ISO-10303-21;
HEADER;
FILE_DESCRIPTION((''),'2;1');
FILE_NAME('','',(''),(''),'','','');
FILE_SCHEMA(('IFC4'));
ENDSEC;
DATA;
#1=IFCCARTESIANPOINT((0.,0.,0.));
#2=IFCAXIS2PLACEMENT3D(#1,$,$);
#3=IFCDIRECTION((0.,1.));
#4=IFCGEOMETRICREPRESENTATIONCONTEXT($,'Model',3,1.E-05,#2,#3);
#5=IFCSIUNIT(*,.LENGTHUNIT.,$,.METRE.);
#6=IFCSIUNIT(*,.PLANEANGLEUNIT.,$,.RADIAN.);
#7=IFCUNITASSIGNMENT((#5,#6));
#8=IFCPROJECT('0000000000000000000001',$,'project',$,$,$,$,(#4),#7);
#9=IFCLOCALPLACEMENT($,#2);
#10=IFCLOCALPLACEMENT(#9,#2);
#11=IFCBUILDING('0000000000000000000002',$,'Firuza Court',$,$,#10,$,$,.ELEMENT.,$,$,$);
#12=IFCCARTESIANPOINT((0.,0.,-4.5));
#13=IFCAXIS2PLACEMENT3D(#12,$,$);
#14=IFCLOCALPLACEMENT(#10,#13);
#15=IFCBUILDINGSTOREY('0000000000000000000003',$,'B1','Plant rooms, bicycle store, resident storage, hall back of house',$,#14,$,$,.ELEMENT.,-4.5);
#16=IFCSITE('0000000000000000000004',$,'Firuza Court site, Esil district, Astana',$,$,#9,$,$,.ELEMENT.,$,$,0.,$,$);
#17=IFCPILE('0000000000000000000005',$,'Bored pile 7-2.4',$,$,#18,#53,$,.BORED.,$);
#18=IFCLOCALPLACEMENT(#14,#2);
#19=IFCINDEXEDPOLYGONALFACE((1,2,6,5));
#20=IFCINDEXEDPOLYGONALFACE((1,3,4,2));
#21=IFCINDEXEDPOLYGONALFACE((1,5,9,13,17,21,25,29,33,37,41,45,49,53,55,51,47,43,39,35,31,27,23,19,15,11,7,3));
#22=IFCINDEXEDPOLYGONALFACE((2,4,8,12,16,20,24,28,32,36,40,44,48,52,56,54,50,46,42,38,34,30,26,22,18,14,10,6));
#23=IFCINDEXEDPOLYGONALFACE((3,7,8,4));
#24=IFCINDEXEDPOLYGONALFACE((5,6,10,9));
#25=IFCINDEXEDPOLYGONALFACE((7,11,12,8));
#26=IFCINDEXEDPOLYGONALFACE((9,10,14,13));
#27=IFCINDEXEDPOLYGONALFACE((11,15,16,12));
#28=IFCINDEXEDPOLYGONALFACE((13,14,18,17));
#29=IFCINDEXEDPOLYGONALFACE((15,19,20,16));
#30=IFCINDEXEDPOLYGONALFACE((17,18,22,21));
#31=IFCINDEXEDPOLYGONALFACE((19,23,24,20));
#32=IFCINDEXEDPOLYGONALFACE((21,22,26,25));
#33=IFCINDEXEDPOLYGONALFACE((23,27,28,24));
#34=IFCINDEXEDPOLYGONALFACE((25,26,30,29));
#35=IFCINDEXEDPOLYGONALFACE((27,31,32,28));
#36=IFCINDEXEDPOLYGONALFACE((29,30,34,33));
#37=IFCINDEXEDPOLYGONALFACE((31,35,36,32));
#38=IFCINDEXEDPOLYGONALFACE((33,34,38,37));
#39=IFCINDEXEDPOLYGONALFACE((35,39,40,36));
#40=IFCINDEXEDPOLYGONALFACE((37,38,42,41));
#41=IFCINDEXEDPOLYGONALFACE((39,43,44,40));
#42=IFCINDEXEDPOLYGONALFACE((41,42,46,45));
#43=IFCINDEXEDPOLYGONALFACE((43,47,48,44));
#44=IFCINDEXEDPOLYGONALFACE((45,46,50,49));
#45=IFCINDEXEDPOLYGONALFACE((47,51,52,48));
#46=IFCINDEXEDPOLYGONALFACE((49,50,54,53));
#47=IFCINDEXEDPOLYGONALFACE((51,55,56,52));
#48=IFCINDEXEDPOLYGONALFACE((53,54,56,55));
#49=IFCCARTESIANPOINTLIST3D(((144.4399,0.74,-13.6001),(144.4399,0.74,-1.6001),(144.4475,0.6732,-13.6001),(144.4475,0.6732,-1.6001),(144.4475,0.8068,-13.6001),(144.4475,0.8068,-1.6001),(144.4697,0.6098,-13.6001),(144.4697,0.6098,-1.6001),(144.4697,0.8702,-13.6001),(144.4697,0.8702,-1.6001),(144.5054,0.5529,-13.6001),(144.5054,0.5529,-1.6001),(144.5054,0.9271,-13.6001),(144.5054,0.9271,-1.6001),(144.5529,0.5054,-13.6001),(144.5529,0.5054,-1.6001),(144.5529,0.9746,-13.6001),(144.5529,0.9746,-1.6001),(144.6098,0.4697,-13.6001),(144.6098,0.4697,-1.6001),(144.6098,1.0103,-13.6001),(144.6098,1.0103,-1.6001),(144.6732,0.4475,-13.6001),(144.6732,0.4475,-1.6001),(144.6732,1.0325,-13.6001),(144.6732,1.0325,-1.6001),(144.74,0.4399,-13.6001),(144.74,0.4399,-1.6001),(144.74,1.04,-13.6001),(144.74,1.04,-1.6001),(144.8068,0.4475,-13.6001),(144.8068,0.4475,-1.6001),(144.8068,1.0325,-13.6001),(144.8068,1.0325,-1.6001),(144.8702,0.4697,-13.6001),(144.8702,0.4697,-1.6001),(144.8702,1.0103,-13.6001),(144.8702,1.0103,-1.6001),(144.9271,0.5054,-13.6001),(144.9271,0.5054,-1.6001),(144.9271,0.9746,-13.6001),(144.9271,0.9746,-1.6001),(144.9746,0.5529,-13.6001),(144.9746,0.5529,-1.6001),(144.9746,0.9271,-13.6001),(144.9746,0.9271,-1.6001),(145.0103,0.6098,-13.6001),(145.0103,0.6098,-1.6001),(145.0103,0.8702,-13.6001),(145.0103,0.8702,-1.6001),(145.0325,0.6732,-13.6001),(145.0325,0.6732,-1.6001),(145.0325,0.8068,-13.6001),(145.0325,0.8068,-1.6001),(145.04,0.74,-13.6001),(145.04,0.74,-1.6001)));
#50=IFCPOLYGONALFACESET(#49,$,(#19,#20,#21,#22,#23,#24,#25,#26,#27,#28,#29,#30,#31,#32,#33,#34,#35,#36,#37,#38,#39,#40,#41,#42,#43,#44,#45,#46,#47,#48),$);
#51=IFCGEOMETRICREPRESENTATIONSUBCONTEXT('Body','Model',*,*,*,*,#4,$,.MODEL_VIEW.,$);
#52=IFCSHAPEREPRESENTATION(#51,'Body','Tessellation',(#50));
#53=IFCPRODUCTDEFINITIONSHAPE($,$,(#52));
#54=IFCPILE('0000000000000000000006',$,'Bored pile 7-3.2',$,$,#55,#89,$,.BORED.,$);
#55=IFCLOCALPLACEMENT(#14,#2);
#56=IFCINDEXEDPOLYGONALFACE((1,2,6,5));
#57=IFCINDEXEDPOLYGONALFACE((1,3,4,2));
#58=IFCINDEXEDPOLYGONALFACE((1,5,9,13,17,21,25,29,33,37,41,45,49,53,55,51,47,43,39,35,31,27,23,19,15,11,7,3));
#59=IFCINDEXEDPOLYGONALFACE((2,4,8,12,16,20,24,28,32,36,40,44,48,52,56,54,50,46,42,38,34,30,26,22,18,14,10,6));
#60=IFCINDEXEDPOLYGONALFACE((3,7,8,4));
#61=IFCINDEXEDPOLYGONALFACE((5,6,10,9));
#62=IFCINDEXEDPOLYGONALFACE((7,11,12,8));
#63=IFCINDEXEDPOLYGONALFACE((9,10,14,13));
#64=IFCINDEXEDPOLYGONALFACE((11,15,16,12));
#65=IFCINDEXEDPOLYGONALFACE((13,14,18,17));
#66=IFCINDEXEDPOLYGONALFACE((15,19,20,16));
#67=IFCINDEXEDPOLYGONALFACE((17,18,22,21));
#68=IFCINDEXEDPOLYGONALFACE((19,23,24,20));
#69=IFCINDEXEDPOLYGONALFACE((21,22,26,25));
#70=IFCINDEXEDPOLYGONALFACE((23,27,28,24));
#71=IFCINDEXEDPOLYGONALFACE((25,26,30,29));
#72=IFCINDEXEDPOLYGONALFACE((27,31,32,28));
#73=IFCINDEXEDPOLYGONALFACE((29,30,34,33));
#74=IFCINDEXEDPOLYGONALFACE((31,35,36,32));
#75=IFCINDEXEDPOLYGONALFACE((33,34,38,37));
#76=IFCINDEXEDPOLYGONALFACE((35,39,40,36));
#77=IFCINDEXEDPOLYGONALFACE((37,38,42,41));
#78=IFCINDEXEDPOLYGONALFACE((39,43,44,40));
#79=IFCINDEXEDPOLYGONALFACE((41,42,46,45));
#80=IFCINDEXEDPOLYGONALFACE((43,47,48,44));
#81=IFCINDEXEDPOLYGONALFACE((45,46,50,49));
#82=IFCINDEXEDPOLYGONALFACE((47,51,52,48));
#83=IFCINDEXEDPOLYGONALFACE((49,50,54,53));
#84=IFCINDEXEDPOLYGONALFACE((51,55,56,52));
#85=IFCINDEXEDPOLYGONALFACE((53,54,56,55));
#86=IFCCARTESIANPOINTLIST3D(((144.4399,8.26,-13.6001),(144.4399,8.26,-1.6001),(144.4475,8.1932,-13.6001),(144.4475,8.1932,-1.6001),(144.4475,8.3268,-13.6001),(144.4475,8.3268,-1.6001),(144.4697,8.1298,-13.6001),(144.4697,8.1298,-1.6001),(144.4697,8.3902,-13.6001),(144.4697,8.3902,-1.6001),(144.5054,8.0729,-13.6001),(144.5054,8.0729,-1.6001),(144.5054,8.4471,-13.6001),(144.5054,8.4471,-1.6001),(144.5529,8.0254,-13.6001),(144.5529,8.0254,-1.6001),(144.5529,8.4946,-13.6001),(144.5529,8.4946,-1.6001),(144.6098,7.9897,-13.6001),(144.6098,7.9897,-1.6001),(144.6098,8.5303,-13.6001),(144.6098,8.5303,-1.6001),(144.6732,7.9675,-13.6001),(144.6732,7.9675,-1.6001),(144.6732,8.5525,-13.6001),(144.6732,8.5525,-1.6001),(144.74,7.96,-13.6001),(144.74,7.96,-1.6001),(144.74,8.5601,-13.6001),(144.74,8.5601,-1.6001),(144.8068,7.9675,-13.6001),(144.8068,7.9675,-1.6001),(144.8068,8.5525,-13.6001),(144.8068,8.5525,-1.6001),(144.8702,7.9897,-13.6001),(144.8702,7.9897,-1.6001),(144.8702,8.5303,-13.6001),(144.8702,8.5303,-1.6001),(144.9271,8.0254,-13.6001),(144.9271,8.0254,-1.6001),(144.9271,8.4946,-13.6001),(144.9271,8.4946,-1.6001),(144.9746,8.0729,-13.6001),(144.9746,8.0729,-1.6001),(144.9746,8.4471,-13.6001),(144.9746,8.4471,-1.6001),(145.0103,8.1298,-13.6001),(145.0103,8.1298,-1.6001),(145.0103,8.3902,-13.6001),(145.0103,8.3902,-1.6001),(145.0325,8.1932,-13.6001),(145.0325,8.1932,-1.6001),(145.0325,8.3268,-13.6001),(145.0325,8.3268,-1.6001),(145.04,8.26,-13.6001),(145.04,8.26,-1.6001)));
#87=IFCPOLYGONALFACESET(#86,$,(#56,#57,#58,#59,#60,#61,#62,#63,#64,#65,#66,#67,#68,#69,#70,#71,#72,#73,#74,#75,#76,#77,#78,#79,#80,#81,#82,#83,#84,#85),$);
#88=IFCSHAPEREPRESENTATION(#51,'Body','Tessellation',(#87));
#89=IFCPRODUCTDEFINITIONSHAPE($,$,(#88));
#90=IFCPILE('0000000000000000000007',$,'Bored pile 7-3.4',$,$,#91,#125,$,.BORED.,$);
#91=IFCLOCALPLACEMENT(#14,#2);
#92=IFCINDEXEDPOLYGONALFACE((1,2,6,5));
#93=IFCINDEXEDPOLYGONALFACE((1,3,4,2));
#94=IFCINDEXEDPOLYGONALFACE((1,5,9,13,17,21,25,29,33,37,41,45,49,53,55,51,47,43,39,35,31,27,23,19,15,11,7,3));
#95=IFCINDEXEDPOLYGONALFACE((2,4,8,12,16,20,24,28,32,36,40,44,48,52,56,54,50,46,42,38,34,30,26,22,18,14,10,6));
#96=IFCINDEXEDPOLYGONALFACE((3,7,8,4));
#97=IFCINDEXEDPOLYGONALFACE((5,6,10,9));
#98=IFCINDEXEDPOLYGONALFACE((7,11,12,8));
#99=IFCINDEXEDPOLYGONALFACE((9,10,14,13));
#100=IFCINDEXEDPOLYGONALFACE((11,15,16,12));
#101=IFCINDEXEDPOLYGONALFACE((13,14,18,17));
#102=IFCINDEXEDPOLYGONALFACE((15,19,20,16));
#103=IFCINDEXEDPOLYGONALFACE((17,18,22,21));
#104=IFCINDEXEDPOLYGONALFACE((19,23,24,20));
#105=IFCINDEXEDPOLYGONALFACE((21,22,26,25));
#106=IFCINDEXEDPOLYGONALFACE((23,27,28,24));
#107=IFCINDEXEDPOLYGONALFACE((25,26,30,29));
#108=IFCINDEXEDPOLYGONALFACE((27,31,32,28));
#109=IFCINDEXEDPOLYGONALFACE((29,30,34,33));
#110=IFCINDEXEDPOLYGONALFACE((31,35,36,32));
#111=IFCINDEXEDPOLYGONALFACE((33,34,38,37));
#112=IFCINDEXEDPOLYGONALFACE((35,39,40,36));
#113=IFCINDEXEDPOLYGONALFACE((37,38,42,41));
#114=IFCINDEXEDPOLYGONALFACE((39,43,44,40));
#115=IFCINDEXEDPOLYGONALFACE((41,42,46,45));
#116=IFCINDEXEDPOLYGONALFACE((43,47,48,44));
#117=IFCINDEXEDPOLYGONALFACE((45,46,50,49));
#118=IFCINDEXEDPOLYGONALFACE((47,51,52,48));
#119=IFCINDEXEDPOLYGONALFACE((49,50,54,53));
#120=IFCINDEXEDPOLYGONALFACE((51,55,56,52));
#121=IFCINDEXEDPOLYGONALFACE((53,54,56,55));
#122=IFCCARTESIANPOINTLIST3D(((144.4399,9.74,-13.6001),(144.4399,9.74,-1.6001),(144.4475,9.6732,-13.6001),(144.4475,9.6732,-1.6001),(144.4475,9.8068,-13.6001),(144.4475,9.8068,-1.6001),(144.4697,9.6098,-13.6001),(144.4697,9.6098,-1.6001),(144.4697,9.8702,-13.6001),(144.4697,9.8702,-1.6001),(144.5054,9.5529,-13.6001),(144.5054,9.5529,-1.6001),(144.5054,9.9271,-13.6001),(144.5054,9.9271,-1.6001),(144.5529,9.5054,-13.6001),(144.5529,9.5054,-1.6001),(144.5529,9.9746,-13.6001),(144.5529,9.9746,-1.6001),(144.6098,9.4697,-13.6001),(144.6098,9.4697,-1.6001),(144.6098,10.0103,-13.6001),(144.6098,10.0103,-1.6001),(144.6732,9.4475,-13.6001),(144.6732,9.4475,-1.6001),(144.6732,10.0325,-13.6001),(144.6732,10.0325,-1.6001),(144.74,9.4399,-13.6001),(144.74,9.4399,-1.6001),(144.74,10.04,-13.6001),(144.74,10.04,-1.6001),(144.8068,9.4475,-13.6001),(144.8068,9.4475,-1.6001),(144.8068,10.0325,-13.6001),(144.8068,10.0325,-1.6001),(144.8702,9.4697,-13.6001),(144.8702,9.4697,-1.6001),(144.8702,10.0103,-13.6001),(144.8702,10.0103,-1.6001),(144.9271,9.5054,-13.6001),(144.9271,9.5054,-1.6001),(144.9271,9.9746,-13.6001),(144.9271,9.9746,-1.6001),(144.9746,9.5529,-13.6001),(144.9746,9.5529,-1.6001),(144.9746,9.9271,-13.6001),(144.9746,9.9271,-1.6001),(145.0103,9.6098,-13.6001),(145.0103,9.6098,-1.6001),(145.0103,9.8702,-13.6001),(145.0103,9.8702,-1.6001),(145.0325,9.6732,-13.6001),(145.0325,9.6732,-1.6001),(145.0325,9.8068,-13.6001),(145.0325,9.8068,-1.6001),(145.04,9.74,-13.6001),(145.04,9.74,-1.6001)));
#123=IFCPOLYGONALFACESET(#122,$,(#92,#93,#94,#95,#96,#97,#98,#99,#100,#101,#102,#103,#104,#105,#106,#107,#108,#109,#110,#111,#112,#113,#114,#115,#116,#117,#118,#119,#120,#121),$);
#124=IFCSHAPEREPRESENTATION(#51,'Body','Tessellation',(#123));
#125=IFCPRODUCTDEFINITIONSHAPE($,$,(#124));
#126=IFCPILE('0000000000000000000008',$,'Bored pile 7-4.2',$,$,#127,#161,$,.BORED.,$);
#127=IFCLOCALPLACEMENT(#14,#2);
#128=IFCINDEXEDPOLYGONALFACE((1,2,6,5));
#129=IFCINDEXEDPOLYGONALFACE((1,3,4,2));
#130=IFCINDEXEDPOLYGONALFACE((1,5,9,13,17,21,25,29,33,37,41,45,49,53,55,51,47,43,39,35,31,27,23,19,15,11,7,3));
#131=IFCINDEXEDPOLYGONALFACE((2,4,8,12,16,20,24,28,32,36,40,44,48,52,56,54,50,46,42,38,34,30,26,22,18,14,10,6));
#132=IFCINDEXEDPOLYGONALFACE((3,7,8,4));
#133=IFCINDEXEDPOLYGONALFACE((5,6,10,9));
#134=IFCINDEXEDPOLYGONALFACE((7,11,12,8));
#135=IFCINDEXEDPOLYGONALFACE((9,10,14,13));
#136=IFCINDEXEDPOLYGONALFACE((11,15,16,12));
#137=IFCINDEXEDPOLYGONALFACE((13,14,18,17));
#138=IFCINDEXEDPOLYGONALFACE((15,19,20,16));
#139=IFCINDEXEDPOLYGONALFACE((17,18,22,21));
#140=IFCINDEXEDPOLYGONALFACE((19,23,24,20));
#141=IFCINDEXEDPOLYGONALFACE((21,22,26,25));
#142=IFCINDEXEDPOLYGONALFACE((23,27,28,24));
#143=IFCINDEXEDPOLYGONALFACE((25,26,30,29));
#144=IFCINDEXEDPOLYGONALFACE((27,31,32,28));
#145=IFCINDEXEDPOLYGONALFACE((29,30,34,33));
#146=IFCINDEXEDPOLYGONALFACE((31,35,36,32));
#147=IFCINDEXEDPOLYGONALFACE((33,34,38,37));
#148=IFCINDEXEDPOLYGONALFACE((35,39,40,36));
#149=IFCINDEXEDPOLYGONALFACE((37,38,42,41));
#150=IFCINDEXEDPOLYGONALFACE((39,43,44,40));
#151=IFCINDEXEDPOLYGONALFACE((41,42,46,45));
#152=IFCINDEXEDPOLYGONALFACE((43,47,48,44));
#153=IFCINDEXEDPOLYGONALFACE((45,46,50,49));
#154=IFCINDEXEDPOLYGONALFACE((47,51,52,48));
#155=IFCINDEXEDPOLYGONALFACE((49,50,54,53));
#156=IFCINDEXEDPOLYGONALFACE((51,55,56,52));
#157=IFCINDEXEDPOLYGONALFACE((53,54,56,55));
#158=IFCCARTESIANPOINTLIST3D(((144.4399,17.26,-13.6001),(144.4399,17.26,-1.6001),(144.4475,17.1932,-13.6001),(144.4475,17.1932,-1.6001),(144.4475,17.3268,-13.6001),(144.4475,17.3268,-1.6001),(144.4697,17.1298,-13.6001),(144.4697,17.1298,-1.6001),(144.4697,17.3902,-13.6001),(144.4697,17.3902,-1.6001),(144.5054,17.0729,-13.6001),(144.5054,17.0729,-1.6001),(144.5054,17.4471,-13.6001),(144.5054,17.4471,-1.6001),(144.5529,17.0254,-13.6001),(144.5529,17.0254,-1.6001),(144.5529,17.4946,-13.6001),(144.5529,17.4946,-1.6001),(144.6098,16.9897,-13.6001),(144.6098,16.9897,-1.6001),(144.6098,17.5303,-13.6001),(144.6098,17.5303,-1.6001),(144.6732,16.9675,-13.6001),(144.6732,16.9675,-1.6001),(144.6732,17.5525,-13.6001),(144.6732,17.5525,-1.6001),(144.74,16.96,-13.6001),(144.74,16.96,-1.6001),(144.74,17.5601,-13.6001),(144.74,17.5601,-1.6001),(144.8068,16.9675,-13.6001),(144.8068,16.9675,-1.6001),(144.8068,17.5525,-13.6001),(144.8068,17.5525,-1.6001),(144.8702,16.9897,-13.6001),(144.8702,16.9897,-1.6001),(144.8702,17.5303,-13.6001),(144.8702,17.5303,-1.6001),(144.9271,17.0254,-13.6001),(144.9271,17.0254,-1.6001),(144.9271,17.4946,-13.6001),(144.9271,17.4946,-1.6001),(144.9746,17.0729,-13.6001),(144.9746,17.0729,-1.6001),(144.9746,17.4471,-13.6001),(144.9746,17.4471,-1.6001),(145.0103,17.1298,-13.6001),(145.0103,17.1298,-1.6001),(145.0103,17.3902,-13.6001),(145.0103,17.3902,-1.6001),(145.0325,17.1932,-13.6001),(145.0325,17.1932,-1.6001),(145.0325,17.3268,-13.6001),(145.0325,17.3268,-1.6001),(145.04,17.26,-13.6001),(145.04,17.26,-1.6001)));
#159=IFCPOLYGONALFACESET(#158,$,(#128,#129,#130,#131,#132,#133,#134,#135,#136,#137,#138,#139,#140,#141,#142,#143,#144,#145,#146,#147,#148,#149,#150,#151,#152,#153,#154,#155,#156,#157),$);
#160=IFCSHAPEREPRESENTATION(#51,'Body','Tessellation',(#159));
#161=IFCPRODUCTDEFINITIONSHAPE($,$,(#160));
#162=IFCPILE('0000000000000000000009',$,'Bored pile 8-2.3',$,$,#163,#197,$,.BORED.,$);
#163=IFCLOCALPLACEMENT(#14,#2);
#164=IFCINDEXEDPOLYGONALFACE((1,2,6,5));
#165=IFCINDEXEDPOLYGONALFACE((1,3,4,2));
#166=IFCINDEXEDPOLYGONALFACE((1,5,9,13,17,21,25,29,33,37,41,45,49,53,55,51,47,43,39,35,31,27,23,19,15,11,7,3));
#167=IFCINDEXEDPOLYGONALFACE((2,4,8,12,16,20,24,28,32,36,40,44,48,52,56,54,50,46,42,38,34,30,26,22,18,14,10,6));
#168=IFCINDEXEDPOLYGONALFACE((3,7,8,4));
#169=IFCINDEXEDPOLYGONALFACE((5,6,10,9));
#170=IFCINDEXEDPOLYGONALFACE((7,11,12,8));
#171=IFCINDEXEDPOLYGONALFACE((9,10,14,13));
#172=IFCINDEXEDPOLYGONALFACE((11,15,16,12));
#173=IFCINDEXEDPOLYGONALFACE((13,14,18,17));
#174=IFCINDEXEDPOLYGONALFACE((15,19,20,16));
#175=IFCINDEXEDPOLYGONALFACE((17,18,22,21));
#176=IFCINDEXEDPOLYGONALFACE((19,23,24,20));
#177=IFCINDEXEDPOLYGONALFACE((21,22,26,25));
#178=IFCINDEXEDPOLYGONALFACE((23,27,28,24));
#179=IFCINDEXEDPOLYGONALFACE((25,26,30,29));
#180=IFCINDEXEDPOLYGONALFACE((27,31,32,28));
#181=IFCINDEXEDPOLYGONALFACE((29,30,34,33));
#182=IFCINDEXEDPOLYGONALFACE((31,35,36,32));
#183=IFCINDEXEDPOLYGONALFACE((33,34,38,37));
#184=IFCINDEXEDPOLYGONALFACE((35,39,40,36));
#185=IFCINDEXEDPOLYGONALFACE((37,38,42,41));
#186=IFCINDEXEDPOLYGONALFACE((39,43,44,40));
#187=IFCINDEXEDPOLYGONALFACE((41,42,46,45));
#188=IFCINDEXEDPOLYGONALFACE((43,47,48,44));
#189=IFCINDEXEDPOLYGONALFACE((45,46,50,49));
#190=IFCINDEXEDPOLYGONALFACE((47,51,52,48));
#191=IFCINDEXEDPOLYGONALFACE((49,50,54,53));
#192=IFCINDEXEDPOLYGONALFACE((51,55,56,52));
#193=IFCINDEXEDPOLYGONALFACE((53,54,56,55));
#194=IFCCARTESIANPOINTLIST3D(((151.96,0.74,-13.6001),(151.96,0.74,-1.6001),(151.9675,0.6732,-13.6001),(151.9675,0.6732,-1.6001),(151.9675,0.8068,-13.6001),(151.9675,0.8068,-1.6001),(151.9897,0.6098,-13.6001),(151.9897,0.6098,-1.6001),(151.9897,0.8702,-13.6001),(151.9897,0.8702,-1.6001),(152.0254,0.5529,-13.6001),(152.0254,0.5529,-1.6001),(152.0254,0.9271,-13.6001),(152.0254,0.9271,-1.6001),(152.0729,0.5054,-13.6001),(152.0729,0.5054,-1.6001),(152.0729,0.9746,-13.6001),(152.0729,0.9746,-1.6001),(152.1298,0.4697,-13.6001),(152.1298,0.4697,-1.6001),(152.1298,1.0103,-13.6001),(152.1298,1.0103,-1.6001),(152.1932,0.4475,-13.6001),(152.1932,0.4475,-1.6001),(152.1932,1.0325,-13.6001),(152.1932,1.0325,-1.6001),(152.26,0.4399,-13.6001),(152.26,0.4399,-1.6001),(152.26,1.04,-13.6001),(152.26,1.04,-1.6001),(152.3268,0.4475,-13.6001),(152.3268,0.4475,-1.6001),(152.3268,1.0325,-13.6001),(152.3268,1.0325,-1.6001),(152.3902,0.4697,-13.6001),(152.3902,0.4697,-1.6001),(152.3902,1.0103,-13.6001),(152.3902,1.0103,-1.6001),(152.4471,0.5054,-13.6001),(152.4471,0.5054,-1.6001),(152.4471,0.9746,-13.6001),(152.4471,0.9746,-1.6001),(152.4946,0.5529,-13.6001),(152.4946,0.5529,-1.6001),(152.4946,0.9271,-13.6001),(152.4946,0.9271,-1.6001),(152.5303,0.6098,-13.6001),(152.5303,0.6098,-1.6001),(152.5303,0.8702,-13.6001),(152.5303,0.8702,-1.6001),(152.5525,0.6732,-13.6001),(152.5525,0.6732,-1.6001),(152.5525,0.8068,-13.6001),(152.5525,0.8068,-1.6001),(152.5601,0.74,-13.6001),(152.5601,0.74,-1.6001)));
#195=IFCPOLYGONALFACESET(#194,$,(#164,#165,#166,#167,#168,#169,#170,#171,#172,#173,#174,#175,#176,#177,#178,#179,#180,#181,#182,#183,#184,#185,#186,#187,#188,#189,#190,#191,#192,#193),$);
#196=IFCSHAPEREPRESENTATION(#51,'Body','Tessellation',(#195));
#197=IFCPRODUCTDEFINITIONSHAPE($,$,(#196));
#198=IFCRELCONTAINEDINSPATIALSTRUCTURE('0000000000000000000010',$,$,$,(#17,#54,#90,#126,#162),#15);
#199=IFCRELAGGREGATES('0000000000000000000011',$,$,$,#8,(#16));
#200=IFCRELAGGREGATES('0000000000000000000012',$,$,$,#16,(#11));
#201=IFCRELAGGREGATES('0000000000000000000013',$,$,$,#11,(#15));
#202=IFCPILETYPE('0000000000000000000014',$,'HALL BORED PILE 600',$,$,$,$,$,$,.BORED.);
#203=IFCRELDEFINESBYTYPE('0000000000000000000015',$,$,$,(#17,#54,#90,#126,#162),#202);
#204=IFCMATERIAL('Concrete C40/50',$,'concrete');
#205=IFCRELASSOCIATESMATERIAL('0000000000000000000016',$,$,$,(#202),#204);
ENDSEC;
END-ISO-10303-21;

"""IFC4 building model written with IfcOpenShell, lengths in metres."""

from ifc_helpers import new_model, si_unit, direction, frame, origin, origin_2d, place, context, subcontext, project, spatial, circle, extrude, material, material_profile, profile_set, type_object, element, save


model = new_model("IFC4")

# Units and contexts
model_context = context("Model", 3, precision=1e-05, world=origin(), true_north=direction((0.0, 1.0)))
body_context = subcontext(model_context, "Body", "Model", "MODEL_VIEW")
ifc_project = project(units=[si_unit("LENGTHUNIT", "METRE"), si_unit("PLANEANGLEUNIT", "RADIAN")], contexts=[model_context])

# Site, building, storey
site_placement = place(None, origin())
site = spatial("IfcSite", under=ifc_project, at=site_placement, Name="Firuza Court site, Esil district, Astana", CompositionType="ELEMENT", RefElevation=0.0)
building_placement = place(site_placement, origin())
building = spatial("IfcBuilding", under=site, at=building_placement, Name="Firuza Court", CompositionType="ELEMENT")
storey_placement = place(building_placement, frame((0.0, 0.0, -4.5)))
storey = spatial("IfcBuildingStorey", under=building, at=storey_placement, Name="B1", Description="Plant rooms, bicycle store, resident storage, hall back of house", CompositionType="ELEMENT", Elevation=-4.5)

# Piles
ifc_material_1 = material(Name="Concrete C40/50", Category="concrete")
ifc_material_profile_1 = material_profile(ifc_material_1, circle(Radius=0.3, at=origin_2d()), Name="PILE 600")
ifc_profile_set_1 = profile_set([ifc_material_profile_1], Name="Concrete C40/50")
pile_type = type_object("IfcPileType", Name="HALL BORED PILE 600", PredefinedType="BORED", material=ifc_profile_set_1)
for number, where, z_axis, x_axis, name in (
    (1, (144.74, 0.74, -1.6001), (0.0, 0.0, -1.0), (1.0, 0.0, 0.0), "Bored pile 7-2.4"),
    (2, (144.74, 8.26, -1.6001), (0.0, 0.0, -1.0), (1.0, 0.0, 0.0), "Bored pile 7-3.2"),
    (3, (144.74, 9.74, -1.6001), (0.0, 0.0, -1.0), (1.0, 0.0, 0.0), "Bored pile 7-3.4"),
    (4, (144.74, 17.26, -1.6001), (0.0, 0.0, -1.0), (1.0, 0.0, 0.0), "Bored pile 7-4.2"),
    (5, (152.26, 0.74, -1.6001), (0.0, 0.0, -1.0), (1.0, 0.0, 0.0), "Bored pile 8-2.3"),
):
    element("IfcPile", number, at=place(storey_placement, frame(where, z_axis=z_axis, x_axis=x_axis)), inside=storey, type_object=pile_type, Name=name, PredefinedType="BORED", context=body_context, shape_type="SweptSolid", body=[
        extrude(circle(Radius=0.3, at=origin_2d()), origin(), (0.0, 0.0, 1.0), 12.0),
    ])

save(model, "model.ifc")
